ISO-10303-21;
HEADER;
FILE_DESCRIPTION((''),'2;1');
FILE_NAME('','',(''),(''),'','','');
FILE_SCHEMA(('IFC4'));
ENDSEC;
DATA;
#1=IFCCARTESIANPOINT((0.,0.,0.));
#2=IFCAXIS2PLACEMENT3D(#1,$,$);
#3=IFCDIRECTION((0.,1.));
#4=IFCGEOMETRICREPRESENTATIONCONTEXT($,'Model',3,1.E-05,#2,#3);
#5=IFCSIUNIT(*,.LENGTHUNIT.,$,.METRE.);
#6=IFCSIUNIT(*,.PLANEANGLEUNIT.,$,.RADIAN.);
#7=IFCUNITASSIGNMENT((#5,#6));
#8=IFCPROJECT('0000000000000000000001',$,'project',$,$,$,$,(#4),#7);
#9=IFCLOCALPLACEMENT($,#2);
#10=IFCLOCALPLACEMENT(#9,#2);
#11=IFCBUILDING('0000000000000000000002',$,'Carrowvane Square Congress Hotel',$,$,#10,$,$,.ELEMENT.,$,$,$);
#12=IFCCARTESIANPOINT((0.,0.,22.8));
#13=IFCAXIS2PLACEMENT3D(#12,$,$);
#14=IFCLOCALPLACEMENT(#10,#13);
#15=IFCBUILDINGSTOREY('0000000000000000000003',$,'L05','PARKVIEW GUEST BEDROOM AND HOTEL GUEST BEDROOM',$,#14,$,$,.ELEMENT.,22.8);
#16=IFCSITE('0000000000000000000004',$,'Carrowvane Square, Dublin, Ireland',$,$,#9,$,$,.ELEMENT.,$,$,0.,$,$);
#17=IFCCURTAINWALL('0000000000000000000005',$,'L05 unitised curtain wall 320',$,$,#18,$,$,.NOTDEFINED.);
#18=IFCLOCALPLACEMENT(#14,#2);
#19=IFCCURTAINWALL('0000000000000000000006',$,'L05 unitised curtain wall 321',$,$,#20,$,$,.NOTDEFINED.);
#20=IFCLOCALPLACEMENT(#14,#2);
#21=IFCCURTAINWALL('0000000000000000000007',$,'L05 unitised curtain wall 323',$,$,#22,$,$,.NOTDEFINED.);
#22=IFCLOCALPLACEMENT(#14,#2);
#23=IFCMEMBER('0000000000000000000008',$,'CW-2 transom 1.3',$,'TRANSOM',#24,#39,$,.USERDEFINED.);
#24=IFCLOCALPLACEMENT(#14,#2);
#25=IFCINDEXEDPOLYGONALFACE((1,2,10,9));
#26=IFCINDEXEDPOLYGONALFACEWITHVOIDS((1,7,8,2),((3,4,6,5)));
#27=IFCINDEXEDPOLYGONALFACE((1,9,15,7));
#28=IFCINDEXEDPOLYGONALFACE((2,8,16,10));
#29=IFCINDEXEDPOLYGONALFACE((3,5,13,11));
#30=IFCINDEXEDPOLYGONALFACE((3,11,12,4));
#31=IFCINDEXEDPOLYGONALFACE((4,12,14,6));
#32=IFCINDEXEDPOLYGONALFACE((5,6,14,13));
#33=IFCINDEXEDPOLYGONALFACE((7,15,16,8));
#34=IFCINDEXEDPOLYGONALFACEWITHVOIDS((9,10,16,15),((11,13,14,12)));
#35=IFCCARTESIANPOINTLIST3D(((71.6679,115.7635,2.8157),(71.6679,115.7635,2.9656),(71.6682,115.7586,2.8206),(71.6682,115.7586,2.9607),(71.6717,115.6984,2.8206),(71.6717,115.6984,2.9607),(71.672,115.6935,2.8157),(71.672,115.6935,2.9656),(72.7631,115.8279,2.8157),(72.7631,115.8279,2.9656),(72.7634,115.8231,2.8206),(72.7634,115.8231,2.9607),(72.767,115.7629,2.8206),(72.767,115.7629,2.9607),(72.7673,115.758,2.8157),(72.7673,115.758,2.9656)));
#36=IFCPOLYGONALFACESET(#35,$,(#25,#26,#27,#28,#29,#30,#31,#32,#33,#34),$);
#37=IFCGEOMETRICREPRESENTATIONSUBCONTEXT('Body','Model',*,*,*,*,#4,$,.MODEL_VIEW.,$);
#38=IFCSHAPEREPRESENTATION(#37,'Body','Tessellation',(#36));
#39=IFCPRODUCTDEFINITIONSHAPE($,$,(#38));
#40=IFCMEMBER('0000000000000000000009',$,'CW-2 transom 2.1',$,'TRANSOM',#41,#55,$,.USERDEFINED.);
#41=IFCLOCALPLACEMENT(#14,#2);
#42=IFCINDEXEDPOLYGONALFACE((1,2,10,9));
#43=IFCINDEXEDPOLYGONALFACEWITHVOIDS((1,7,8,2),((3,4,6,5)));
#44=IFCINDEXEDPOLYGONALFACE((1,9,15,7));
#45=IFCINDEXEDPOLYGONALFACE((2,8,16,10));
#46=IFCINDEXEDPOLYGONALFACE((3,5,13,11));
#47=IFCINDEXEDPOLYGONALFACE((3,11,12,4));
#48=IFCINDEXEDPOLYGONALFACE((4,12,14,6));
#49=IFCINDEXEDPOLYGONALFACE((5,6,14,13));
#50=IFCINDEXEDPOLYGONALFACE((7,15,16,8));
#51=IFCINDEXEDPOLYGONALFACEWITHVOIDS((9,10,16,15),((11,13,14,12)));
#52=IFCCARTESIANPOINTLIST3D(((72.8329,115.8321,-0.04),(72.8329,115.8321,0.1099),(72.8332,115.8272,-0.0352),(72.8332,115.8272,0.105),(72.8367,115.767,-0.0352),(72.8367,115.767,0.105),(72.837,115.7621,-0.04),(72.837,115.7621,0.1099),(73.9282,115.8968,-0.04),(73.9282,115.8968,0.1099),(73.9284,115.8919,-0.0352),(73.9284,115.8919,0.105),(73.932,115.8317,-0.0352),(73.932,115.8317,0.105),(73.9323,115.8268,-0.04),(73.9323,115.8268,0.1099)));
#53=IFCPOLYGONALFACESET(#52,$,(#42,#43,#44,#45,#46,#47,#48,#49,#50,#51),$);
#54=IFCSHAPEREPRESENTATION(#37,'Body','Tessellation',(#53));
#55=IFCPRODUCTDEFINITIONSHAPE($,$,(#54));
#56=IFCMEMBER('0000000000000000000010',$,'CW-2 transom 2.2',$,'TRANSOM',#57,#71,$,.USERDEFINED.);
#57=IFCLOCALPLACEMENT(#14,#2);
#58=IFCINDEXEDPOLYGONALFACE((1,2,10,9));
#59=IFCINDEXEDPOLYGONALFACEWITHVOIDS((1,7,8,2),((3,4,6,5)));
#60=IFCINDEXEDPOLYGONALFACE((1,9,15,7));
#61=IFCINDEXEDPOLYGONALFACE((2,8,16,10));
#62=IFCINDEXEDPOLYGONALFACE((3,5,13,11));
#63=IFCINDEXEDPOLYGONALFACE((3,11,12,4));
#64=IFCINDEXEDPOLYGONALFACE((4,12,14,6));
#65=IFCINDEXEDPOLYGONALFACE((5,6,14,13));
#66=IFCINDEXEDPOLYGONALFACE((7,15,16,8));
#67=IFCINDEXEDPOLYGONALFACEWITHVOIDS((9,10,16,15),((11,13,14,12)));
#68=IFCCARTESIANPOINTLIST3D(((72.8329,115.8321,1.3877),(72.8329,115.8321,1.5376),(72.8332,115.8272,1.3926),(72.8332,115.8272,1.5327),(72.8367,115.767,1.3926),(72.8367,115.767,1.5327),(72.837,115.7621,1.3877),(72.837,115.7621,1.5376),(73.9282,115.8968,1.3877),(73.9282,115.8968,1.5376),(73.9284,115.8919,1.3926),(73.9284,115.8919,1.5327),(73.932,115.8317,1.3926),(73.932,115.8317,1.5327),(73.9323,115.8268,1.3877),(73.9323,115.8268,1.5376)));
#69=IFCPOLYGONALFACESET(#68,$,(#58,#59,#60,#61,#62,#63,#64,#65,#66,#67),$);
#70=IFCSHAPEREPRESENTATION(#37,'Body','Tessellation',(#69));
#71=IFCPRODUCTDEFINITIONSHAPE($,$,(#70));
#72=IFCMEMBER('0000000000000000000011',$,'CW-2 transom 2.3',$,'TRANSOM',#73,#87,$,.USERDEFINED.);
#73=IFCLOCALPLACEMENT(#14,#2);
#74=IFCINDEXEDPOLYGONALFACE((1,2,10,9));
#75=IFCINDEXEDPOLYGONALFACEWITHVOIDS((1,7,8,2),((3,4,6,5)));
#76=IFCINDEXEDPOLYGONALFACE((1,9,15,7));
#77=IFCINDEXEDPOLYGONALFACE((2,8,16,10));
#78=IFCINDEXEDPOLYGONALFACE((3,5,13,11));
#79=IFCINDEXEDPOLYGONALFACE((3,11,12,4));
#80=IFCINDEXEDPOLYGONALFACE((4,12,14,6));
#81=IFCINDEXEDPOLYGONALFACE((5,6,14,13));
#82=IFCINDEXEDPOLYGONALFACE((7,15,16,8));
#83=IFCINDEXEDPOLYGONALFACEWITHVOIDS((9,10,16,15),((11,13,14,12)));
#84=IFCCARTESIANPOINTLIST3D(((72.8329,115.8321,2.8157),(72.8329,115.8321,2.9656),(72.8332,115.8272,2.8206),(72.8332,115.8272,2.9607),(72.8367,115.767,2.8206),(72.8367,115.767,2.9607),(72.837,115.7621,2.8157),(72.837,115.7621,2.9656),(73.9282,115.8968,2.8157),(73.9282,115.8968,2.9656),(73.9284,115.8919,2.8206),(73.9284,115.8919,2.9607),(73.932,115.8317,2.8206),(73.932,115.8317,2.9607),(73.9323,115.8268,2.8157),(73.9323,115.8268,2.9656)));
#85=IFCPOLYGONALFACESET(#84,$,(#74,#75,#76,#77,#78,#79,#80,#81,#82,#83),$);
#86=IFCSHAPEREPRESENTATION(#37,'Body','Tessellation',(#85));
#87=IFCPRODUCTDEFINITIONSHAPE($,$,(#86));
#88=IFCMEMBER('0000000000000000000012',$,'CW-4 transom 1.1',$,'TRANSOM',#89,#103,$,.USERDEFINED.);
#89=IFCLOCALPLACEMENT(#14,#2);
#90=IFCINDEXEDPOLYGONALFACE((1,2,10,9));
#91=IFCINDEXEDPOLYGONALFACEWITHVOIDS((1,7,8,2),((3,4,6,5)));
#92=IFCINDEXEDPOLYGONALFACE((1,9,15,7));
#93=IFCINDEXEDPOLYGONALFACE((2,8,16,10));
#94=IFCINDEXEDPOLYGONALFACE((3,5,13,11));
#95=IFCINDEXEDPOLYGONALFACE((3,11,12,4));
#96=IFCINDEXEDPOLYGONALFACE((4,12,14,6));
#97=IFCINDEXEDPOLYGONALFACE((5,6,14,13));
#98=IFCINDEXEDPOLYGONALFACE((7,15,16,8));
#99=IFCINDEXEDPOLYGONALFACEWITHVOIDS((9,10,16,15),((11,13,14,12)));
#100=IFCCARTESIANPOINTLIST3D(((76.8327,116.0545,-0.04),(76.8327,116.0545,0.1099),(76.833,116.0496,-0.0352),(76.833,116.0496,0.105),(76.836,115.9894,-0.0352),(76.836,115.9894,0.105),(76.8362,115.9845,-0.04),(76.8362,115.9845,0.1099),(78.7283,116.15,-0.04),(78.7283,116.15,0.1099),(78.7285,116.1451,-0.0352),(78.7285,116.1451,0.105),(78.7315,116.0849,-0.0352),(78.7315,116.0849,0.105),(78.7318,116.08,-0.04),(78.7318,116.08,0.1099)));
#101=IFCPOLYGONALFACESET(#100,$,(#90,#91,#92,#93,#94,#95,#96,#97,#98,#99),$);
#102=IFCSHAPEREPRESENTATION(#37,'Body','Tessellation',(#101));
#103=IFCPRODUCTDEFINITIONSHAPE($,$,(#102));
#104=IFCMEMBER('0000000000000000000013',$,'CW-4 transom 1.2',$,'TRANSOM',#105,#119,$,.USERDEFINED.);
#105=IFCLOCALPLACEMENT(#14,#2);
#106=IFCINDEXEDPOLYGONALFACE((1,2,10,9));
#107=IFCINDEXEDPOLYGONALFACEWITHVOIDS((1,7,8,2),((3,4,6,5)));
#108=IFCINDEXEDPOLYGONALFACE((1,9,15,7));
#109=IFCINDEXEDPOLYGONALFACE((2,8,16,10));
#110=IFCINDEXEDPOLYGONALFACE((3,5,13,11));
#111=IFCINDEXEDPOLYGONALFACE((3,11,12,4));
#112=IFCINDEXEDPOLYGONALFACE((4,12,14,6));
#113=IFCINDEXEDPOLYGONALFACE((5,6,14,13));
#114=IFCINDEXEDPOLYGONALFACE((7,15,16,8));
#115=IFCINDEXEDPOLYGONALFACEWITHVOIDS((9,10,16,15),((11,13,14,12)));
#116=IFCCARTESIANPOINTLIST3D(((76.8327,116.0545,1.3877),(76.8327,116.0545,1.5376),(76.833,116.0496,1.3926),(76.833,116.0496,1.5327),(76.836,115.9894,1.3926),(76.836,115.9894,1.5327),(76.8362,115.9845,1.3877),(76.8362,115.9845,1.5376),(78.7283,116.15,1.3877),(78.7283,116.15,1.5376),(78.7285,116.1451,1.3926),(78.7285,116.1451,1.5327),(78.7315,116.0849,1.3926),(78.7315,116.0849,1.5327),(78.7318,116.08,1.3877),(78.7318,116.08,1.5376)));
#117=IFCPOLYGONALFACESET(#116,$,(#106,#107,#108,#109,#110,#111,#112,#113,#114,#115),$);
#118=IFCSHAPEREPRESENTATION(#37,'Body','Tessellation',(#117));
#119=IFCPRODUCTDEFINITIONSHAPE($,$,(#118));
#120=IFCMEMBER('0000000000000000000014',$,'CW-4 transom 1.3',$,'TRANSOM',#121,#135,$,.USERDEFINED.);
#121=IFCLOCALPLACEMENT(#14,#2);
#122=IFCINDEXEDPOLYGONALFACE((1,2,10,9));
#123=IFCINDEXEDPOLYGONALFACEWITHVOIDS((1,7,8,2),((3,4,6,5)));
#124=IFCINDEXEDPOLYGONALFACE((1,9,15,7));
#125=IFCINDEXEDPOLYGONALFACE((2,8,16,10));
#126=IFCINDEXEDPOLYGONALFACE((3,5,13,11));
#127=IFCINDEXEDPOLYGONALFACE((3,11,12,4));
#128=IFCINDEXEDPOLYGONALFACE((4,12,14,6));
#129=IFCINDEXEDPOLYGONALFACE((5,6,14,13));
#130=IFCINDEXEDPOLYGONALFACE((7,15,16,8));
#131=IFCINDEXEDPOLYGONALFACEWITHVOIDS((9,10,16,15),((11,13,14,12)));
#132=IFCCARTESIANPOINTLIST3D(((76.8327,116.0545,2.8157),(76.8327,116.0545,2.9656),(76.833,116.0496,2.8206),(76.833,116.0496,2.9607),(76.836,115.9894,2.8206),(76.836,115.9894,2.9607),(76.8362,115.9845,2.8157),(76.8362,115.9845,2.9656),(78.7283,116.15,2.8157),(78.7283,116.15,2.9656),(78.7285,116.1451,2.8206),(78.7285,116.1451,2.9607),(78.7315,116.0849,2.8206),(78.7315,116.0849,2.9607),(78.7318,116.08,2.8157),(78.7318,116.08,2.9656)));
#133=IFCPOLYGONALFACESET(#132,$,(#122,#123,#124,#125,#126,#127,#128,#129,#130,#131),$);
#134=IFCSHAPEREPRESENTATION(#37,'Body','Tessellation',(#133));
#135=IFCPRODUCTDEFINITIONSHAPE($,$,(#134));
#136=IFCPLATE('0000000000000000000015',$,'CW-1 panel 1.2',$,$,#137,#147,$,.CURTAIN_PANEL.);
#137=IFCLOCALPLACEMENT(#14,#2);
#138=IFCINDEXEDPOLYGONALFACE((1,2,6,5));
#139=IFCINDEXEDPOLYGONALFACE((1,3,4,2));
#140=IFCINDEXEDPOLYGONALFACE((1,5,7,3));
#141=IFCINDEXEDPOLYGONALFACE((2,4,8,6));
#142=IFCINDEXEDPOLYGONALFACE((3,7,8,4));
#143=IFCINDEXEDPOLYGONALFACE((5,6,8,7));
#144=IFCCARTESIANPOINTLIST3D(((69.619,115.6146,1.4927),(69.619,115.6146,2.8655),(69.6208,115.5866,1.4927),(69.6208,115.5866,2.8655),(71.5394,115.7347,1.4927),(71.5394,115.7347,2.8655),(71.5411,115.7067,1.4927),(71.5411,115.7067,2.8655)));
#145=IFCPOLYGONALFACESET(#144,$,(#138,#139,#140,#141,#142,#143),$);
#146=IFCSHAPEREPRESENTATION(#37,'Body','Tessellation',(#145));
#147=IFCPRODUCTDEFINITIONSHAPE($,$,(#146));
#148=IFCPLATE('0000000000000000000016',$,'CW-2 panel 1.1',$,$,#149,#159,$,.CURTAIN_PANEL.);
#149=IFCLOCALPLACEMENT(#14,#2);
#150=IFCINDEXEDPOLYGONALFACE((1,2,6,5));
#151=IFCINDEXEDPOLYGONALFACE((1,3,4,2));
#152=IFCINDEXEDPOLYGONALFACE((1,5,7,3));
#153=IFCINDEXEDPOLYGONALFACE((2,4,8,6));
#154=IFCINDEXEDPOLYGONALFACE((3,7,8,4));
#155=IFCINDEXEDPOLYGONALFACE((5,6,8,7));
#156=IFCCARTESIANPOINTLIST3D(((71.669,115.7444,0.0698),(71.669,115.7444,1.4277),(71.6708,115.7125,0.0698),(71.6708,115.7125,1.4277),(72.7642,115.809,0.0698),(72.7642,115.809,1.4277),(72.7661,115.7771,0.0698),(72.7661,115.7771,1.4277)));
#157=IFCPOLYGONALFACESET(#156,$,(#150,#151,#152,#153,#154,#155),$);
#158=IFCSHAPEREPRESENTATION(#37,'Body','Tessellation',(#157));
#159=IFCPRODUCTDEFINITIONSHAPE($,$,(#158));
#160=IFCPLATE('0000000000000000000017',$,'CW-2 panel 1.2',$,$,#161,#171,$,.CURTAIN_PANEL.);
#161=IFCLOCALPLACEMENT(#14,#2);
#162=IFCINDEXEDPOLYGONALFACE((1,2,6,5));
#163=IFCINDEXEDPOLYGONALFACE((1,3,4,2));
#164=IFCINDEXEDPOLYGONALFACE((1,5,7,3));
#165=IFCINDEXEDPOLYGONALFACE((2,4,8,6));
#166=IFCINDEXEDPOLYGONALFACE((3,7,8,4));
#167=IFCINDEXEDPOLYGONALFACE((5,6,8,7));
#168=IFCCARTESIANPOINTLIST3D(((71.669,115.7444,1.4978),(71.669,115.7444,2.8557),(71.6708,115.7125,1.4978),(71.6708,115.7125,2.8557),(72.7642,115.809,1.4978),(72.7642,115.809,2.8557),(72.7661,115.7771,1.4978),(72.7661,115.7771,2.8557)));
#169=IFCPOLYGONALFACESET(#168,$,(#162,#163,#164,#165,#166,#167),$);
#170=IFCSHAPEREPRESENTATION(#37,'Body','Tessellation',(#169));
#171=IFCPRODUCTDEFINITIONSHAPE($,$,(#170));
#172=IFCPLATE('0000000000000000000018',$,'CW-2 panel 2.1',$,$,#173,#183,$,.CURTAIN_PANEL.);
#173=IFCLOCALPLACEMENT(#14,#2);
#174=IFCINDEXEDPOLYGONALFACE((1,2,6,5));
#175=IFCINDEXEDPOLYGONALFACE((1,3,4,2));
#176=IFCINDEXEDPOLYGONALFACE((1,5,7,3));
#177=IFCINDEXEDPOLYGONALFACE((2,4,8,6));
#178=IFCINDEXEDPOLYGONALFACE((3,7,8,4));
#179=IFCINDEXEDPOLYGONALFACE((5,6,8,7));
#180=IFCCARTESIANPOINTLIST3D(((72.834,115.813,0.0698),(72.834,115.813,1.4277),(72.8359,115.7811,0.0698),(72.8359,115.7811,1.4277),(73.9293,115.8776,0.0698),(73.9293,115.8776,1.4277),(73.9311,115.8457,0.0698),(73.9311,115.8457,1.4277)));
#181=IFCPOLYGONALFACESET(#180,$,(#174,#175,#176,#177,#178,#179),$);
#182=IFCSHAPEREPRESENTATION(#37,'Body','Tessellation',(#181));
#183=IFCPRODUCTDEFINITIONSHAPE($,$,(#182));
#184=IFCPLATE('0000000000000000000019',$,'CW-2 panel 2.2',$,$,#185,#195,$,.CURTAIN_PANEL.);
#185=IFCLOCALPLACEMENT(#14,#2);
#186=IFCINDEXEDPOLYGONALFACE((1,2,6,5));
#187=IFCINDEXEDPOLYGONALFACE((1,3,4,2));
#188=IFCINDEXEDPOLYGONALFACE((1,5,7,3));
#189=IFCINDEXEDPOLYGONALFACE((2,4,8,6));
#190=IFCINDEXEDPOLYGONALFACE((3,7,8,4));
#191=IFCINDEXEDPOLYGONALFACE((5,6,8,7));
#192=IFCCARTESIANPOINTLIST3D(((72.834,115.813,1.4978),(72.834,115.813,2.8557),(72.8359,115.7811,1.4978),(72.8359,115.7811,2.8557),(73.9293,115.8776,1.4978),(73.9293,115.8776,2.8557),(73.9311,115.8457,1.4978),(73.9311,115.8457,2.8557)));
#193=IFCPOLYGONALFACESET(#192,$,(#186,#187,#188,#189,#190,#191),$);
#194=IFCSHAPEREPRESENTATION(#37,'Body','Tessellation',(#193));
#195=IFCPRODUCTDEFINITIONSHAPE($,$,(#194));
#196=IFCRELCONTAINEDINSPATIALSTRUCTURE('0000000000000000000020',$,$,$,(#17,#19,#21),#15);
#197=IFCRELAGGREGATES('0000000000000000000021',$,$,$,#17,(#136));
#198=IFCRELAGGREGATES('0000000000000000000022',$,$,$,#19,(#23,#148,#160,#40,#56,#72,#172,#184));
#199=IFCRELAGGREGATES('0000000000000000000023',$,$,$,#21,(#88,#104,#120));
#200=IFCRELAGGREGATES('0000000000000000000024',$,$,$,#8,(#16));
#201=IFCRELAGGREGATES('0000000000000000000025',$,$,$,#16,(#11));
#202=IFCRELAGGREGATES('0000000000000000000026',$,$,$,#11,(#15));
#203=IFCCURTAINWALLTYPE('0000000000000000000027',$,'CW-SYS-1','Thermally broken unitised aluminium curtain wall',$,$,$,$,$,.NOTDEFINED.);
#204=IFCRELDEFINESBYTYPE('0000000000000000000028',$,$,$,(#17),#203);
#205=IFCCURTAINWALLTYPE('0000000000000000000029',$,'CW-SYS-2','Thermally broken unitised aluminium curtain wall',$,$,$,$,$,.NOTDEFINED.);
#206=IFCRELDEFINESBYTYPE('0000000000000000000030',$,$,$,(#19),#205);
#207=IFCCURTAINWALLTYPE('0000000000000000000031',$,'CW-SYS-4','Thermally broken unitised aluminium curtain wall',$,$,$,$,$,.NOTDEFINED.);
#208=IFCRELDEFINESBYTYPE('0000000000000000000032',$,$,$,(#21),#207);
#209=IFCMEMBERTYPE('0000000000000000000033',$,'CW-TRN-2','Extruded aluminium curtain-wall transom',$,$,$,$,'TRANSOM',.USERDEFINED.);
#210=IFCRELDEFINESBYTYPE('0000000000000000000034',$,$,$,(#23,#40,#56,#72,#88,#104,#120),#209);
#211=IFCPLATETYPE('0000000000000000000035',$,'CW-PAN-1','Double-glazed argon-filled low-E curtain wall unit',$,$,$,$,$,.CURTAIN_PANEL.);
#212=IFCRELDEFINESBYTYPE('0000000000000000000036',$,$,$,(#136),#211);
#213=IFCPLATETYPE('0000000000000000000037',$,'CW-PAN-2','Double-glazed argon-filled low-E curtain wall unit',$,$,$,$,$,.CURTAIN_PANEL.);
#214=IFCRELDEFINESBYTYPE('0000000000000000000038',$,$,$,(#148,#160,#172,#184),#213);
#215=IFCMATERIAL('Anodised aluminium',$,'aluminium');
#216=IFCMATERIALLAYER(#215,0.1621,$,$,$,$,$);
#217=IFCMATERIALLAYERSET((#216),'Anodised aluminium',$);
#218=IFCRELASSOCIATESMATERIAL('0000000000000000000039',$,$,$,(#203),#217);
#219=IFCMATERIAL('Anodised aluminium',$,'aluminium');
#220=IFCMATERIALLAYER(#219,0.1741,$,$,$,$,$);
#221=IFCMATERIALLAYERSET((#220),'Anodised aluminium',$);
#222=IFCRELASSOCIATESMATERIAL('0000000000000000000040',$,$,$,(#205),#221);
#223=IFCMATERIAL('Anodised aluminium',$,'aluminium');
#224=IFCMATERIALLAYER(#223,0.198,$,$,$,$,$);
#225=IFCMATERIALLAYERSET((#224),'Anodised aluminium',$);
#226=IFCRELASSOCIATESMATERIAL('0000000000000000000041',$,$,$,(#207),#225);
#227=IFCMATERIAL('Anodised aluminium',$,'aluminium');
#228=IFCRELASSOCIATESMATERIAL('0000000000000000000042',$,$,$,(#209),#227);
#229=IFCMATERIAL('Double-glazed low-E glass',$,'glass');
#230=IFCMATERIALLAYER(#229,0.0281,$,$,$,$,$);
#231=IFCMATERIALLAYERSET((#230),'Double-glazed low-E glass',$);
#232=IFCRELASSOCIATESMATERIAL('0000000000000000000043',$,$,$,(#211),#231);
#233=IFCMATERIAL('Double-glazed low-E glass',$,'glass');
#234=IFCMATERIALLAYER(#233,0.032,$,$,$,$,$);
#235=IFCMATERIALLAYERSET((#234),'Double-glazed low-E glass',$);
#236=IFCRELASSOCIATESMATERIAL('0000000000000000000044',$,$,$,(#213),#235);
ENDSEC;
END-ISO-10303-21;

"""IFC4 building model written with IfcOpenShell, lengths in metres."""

from ifc_helpers import new_model, si_unit, direction, frame, origin, origin_2d, place, context, subcontext, project, spatial, rectangle, hollow_rectangle, extrude, material, layer, layer_set, material_profile, profile_set, type_object, element, aggregate, save


model = new_model("IFC4")

# Units and contexts
model_context = context("Model", 3, precision=1e-05, world=origin(), true_north=direction((0.0, 1.0)))
body_context = subcontext(model_context, "Body", "Model", "MODEL_VIEW")
ifc_project = project(units=[si_unit("LENGTHUNIT", "METRE"), si_unit("PLANEANGLEUNIT", "RADIAN")], contexts=[model_context])

# Site, building, storey
site_placement = place(None, origin())
site = spatial("IfcSite", under=ifc_project, at=site_placement, Name="Carrowvane Square, Dublin, Ireland", CompositionType="ELEMENT", RefElevation=0.0)
building_placement = place(site_placement, origin())
building = spatial("IfcBuilding", under=site, at=building_placement, Name="Carrowvane Square Congress Hotel", CompositionType="ELEMENT")
storey_placement = place(building_placement, frame((0.0, 0.0, 22.8)))
storey = spatial("IfcBuildingStorey", under=building, at=storey_placement, Name="L05", Description="PARKVIEW GUEST BEDROOM AND HOTEL GUEST BEDROOM", CompositionType="ELEMENT", Elevation=22.8)

# Curtain wall
ifc_material_1 = material(Name="Anodised aluminium", Category="aluminium")
ifc_layer_1 = layer(ifc_material_1, 0.1621)
ifc_layer_set_1 = layer_set([ifc_layer_1], Name="Anodised aluminium")
curtain_wall_type_1 = type_object("IfcCurtainWallType", Name="CW-SYS-1", Description="Thermally broken unitised aluminium curtain wall", PredefinedType="NOTDEFINED", material=ifc_layer_set_1)
curtain_wall_1_placement = place(storey_placement, origin())
curtain_wall_1 = element("IfcCurtainWall", 1, at=curtain_wall_1_placement, inside=storey, type_object=curtain_wall_type_1, Name="L05 unitised curtain wall 320", PredefinedType="NOTDEFINED")

# Curtain wall
ifc_material_2 = material(Name="Anodised aluminium", Category="aluminium")
ifc_layer_2 = layer(ifc_material_2, 0.1741)
ifc_layer_set_2 = layer_set([ifc_layer_2], Name="Anodised aluminium")
curtain_wall_type_2 = type_object("IfcCurtainWallType", Name="CW-SYS-2", Description="Thermally broken unitised aluminium curtain wall", PredefinedType="NOTDEFINED", material=ifc_layer_set_2)
curtain_wall_2_placement = place(storey_placement, origin())
curtain_wall_2 = element("IfcCurtainWall", 2, at=curtain_wall_2_placement, inside=storey, type_object=curtain_wall_type_2, Name="L05 unitised curtain wall 321", PredefinedType="NOTDEFINED")

# Curtain wall
ifc_material_3 = material(Name="Anodised aluminium", Category="aluminium")
ifc_layer_3 = layer(ifc_material_3, 0.198)
ifc_layer_set_3 = layer_set([ifc_layer_3], Name="Anodised aluminium")
curtain_wall_type_3 = type_object("IfcCurtainWallType", Name="CW-SYS-4", Description="Thermally broken unitised aluminium curtain wall", PredefinedType="NOTDEFINED", material=ifc_layer_set_3)
curtain_wall_3_placement = place(storey_placement, origin())
curtain_wall_3 = element("IfcCurtainWall", 3, at=curtain_wall_3_placement, inside=storey, type_object=curtain_wall_type_3, Name="L05 unitised curtain wall 323", PredefinedType="NOTDEFINED")

# Members
ifc_material_4 = material(Name="Anodised aluminium", Category="aluminium")
ifc_material_profile_1 = material_profile(ifc_material_4, hollow_rectangle(XDim=0.0701, YDim=0.1499, WallThickness=0.0049, at=origin_2d()), Name="CW-TR 70x150x5")
ifc_profile_set_1 = profile_set([ifc_material_profile_1], Name="Anodised aluminium")
member_type_1 = type_object("IfcMemberType", Name="CW-TRN-2", Description="Extruded aluminium curtain-wall transom", ElementType="TRANSOM", PredefinedType="USERDEFINED", material=ifc_profile_set_1)
member_1_placement = place(storey_placement, frame((71.6699, 115.7285, 2.8906), z_axis=(0.998273, 0.058748, 0.0), x_axis=(-0.058748, 0.998273, 0.0)))
member_1 = element("IfcMember", 4, at=member_1_placement, type_object=member_type_1, Name="CW-2 transom 1.3", ObjectType="TRANSOM", PredefinedType="USERDEFINED", context=body_context, shape_type="SweptSolid", body=[
    extrude(hollow_rectangle(XDim=0.0701, YDim=0.1499, WallThickness=0.0049, at=origin_2d()), origin(), (0.0, 0.0, 1.0), 1.0972),
])
member_2_placement = place(storey_placement, frame((72.835, 115.7971, 0.0349), z_axis=(0.99826, 0.05897, 0.0), x_axis=(-0.05897, 0.99826, 0.0)))
member_2 = element("IfcMember", 5, at=member_2_placement, type_object=member_type_1, Name="CW-2 transom 2.1", ObjectType="TRANSOM", PredefinedType="USERDEFINED", context=body_context, shape_type="SweptSolid", body=[
    extrude(hollow_rectangle(XDim=0.0701, YDim=0.1499, WallThickness=0.0049, at=origin_2d()), origin(), (0.0, 0.0, 1.0), 1.0972),
])
member_3_placement = place(storey_placement, frame((72.835, 115.7971, 1.4626), z_axis=(0.99826, 0.05897, 0.0), x_axis=(-0.05897, 0.99826, 0.0)))
member_3 = element("IfcMember", 6, at=member_3_placement, type_object=member_type_1, Name="CW-2 transom 2.2", ObjectType="TRANSOM", PredefinedType="USERDEFINED", context=body_context, shape_type="SweptSolid", body=[
    extrude(hollow_rectangle(XDim=0.0701, YDim=0.1499, WallThickness=0.0049, at=origin_2d()), origin(), (0.0, 0.0, 1.0), 1.0972),
])
member_4_placement = place(storey_placement, frame((72.835, 115.7971, 2.8906), z_axis=(0.99826, 0.05897, 0.0), x_axis=(-0.05897, 0.99826, 0.0)))
member_4 = element("IfcMember", 7, at=member_4_placement, type_object=member_type_1, Name="CW-2 transom 2.3", ObjectType="TRANSOM", PredefinedType="USERDEFINED", context=body_context, shape_type="SweptSolid", body=[
    extrude(hollow_rectangle(XDim=0.0701, YDim=0.1499, WallThickness=0.0049, at=origin_2d()), origin(), (0.0, 0.0, 1.0), 1.0972),
])
member_5_placement = place(storey_placement, frame((76.8345, 116.0195, 0.0349), z_axis=(0.998734, 0.050297, 0.0), x_axis=(-0.050297, 0.998734, 0.0)))
member_5 = element("IfcMember", 8, at=member_5_placement, type_object=member_type_1, Name="CW-4 transom 1.1", ObjectType="TRANSOM", PredefinedType="USERDEFINED", context=body_context, shape_type="SweptSolid", body=[
    extrude(hollow_rectangle(XDim=0.0701, YDim=0.1499, WallThickness=0.0049, at=origin_2d()), origin(), (0.0, 0.0, 1.0), 1.8979),
])
member_6_placement = place(storey_placement, frame((76.8345, 116.0195, 1.4626), z_axis=(0.998734, 0.050297, 0.0), x_axis=(-0.050297, 0.998734, 0.0)))
member_6 = element("IfcMember", 9, at=member_6_placement, type_object=member_type_1, Name="CW-4 transom 1.2", ObjectType="TRANSOM", PredefinedType="USERDEFINED", context=body_context, shape_type="SweptSolid", body=[
    extrude(hollow_rectangle(XDim=0.0701, YDim=0.1499, WallThickness=0.0049, at=origin_2d()), origin(), (0.0, 0.0, 1.0), 1.8979),
])
member_7_placement = place(storey_placement, frame((76.8345, 116.0195, 2.8906), z_axis=(0.998734, 0.050297, 0.0), x_axis=(-0.050297, 0.998734, 0.0)))
member_7 = element("IfcMember", 10, at=member_7_placement, type_object=member_type_1, Name="CW-4 transom 1.3", ObjectType="TRANSOM", PredefinedType="USERDEFINED", context=body_context, shape_type="SweptSolid", body=[
    extrude(hollow_rectangle(XDim=0.0701, YDim=0.1499, WallThickness=0.0049, at=origin_2d()), origin(), (0.0, 0.0, 1.0), 1.8979),
])

# Plates
ifc_material_5 = material(Name="Double-glazed low-E glass", Category="glass")
ifc_layer_4 = layer(ifc_material_5, 0.0281)
ifc_layer_set_4 = layer_set([ifc_layer_4], Name="Double-glazed low-E glass")
plate_type_1 = type_object("IfcPlateType", Name="CW-PAN-1", Description="Double-glazed argon-filled low-E curtain wall unit", PredefinedType="CURTAIN_PANEL", material=ifc_layer_set_4)
plate_1_placement = place(storey_placement, frame((70.5801, 115.6606, 1.4927), z_axis=(0.0, 0.0, 1.0), x_axis=(0.998051, 0.062397, 0.0)))
plate_1 = element("IfcPlate", 11, at=plate_1_placement, type_object=plate_type_1, Name="CW-1 panel 1.2", PredefinedType="CURTAIN_PANEL", context=body_context, shape_type="SweptSolid", body=[
    extrude(rectangle(XDim=1.9241, YDim=0.0281, at=origin_2d()), origin(), (0.0, 0.0, 1.0), 1.3728),
])
aggregate(curtain_wall_1, [plate_1])
ifc_material_6 = material(Name="Double-glazed low-E glass", Category="glass")
ifc_layer_5 = layer(ifc_material_6, 0.032)
ifc_layer_set_5 = layer_set([ifc_layer_5], Name="Double-glazed low-E glass")
plate_type_2 = type_object("IfcPlateType", Name="CW-PAN-2", Description="Double-glazed argon-filled low-E curtain wall unit", PredefinedType="CURTAIN_PANEL", material=ifc_layer_set_5)
plate_2_placement = place(storey_placement, frame((72.2175, 115.7607, 0.0698), z_axis=(0.0, 0.0, 1.0), x_axis=(0.998267, 0.058851, 0.0)))
plate_2 = element("IfcPlate", 12, at=plate_2_placement, type_object=plate_type_2, Name="CW-2 panel 1.1", PredefinedType="CURTAIN_PANEL", context=body_context, shape_type="SweptSolid", body=[
    extrude(rectangle(XDim=1.0972, YDim=0.032, at=origin_2d()), origin(), (0.0, 0.0, 1.0), 1.3579),
])
plate_3_placement = place(storey_placement, frame((72.2175, 115.7607, 1.4978), z_axis=(0.0, 0.0, 1.0), x_axis=(0.998267, 0.058851, 0.0)))
plate_3 = element("IfcPlate", 13, at=plate_3_placement, type_object=plate_type_2, Name="CW-2 panel 1.2", PredefinedType="CURTAIN_PANEL", context=body_context, shape_type="SweptSolid", body=[
    extrude(rectangle(XDim=1.0972, YDim=0.032, at=origin_2d()), origin(), (0.0, 0.0, 1.0), 1.3579),
])
plate_4_placement = place(storey_placement, frame((73.3826, 115.8293, 0.0698), z_axis=(0.0, 0.0, 1.0), x_axis=(0.998267, 0.058851, 0.0)))
plate_4 = element("IfcPlate", 14, at=plate_4_placement, type_object=plate_type_2, Name="CW-2 panel 2.1", PredefinedType="CURTAIN_PANEL", context=body_context, shape_type="SweptSolid", body=[
    extrude(rectangle(XDim=1.0972, YDim=0.032, at=origin_2d()), origin(), (0.0, 0.0, 1.0), 1.3579),
])
plate_5_placement = place(storey_placement, frame((73.3826, 115.8293, 1.4978), z_axis=(0.0, 0.0, 1.0), x_axis=(0.998267, 0.058851, 0.0)))
plate_5 = element("IfcPlate", 15, at=plate_5_placement, type_object=plate_type_2, Name="CW-2 panel 2.2", PredefinedType="CURTAIN_PANEL", context=body_context, shape_type="SweptSolid", body=[
    extrude(rectangle(XDim=1.0972, YDim=0.032, at=origin_2d()), origin(), (0.0, 0.0, 1.0), 1.3579),
])
aggregate(curtain_wall_2, [member_1, plate_2, plate_3, member_2, member_3, member_4, plate_4, plate_5])
aggregate(curtain_wall_3, [member_5, member_6, member_7])

save(model, "model.ifc")
